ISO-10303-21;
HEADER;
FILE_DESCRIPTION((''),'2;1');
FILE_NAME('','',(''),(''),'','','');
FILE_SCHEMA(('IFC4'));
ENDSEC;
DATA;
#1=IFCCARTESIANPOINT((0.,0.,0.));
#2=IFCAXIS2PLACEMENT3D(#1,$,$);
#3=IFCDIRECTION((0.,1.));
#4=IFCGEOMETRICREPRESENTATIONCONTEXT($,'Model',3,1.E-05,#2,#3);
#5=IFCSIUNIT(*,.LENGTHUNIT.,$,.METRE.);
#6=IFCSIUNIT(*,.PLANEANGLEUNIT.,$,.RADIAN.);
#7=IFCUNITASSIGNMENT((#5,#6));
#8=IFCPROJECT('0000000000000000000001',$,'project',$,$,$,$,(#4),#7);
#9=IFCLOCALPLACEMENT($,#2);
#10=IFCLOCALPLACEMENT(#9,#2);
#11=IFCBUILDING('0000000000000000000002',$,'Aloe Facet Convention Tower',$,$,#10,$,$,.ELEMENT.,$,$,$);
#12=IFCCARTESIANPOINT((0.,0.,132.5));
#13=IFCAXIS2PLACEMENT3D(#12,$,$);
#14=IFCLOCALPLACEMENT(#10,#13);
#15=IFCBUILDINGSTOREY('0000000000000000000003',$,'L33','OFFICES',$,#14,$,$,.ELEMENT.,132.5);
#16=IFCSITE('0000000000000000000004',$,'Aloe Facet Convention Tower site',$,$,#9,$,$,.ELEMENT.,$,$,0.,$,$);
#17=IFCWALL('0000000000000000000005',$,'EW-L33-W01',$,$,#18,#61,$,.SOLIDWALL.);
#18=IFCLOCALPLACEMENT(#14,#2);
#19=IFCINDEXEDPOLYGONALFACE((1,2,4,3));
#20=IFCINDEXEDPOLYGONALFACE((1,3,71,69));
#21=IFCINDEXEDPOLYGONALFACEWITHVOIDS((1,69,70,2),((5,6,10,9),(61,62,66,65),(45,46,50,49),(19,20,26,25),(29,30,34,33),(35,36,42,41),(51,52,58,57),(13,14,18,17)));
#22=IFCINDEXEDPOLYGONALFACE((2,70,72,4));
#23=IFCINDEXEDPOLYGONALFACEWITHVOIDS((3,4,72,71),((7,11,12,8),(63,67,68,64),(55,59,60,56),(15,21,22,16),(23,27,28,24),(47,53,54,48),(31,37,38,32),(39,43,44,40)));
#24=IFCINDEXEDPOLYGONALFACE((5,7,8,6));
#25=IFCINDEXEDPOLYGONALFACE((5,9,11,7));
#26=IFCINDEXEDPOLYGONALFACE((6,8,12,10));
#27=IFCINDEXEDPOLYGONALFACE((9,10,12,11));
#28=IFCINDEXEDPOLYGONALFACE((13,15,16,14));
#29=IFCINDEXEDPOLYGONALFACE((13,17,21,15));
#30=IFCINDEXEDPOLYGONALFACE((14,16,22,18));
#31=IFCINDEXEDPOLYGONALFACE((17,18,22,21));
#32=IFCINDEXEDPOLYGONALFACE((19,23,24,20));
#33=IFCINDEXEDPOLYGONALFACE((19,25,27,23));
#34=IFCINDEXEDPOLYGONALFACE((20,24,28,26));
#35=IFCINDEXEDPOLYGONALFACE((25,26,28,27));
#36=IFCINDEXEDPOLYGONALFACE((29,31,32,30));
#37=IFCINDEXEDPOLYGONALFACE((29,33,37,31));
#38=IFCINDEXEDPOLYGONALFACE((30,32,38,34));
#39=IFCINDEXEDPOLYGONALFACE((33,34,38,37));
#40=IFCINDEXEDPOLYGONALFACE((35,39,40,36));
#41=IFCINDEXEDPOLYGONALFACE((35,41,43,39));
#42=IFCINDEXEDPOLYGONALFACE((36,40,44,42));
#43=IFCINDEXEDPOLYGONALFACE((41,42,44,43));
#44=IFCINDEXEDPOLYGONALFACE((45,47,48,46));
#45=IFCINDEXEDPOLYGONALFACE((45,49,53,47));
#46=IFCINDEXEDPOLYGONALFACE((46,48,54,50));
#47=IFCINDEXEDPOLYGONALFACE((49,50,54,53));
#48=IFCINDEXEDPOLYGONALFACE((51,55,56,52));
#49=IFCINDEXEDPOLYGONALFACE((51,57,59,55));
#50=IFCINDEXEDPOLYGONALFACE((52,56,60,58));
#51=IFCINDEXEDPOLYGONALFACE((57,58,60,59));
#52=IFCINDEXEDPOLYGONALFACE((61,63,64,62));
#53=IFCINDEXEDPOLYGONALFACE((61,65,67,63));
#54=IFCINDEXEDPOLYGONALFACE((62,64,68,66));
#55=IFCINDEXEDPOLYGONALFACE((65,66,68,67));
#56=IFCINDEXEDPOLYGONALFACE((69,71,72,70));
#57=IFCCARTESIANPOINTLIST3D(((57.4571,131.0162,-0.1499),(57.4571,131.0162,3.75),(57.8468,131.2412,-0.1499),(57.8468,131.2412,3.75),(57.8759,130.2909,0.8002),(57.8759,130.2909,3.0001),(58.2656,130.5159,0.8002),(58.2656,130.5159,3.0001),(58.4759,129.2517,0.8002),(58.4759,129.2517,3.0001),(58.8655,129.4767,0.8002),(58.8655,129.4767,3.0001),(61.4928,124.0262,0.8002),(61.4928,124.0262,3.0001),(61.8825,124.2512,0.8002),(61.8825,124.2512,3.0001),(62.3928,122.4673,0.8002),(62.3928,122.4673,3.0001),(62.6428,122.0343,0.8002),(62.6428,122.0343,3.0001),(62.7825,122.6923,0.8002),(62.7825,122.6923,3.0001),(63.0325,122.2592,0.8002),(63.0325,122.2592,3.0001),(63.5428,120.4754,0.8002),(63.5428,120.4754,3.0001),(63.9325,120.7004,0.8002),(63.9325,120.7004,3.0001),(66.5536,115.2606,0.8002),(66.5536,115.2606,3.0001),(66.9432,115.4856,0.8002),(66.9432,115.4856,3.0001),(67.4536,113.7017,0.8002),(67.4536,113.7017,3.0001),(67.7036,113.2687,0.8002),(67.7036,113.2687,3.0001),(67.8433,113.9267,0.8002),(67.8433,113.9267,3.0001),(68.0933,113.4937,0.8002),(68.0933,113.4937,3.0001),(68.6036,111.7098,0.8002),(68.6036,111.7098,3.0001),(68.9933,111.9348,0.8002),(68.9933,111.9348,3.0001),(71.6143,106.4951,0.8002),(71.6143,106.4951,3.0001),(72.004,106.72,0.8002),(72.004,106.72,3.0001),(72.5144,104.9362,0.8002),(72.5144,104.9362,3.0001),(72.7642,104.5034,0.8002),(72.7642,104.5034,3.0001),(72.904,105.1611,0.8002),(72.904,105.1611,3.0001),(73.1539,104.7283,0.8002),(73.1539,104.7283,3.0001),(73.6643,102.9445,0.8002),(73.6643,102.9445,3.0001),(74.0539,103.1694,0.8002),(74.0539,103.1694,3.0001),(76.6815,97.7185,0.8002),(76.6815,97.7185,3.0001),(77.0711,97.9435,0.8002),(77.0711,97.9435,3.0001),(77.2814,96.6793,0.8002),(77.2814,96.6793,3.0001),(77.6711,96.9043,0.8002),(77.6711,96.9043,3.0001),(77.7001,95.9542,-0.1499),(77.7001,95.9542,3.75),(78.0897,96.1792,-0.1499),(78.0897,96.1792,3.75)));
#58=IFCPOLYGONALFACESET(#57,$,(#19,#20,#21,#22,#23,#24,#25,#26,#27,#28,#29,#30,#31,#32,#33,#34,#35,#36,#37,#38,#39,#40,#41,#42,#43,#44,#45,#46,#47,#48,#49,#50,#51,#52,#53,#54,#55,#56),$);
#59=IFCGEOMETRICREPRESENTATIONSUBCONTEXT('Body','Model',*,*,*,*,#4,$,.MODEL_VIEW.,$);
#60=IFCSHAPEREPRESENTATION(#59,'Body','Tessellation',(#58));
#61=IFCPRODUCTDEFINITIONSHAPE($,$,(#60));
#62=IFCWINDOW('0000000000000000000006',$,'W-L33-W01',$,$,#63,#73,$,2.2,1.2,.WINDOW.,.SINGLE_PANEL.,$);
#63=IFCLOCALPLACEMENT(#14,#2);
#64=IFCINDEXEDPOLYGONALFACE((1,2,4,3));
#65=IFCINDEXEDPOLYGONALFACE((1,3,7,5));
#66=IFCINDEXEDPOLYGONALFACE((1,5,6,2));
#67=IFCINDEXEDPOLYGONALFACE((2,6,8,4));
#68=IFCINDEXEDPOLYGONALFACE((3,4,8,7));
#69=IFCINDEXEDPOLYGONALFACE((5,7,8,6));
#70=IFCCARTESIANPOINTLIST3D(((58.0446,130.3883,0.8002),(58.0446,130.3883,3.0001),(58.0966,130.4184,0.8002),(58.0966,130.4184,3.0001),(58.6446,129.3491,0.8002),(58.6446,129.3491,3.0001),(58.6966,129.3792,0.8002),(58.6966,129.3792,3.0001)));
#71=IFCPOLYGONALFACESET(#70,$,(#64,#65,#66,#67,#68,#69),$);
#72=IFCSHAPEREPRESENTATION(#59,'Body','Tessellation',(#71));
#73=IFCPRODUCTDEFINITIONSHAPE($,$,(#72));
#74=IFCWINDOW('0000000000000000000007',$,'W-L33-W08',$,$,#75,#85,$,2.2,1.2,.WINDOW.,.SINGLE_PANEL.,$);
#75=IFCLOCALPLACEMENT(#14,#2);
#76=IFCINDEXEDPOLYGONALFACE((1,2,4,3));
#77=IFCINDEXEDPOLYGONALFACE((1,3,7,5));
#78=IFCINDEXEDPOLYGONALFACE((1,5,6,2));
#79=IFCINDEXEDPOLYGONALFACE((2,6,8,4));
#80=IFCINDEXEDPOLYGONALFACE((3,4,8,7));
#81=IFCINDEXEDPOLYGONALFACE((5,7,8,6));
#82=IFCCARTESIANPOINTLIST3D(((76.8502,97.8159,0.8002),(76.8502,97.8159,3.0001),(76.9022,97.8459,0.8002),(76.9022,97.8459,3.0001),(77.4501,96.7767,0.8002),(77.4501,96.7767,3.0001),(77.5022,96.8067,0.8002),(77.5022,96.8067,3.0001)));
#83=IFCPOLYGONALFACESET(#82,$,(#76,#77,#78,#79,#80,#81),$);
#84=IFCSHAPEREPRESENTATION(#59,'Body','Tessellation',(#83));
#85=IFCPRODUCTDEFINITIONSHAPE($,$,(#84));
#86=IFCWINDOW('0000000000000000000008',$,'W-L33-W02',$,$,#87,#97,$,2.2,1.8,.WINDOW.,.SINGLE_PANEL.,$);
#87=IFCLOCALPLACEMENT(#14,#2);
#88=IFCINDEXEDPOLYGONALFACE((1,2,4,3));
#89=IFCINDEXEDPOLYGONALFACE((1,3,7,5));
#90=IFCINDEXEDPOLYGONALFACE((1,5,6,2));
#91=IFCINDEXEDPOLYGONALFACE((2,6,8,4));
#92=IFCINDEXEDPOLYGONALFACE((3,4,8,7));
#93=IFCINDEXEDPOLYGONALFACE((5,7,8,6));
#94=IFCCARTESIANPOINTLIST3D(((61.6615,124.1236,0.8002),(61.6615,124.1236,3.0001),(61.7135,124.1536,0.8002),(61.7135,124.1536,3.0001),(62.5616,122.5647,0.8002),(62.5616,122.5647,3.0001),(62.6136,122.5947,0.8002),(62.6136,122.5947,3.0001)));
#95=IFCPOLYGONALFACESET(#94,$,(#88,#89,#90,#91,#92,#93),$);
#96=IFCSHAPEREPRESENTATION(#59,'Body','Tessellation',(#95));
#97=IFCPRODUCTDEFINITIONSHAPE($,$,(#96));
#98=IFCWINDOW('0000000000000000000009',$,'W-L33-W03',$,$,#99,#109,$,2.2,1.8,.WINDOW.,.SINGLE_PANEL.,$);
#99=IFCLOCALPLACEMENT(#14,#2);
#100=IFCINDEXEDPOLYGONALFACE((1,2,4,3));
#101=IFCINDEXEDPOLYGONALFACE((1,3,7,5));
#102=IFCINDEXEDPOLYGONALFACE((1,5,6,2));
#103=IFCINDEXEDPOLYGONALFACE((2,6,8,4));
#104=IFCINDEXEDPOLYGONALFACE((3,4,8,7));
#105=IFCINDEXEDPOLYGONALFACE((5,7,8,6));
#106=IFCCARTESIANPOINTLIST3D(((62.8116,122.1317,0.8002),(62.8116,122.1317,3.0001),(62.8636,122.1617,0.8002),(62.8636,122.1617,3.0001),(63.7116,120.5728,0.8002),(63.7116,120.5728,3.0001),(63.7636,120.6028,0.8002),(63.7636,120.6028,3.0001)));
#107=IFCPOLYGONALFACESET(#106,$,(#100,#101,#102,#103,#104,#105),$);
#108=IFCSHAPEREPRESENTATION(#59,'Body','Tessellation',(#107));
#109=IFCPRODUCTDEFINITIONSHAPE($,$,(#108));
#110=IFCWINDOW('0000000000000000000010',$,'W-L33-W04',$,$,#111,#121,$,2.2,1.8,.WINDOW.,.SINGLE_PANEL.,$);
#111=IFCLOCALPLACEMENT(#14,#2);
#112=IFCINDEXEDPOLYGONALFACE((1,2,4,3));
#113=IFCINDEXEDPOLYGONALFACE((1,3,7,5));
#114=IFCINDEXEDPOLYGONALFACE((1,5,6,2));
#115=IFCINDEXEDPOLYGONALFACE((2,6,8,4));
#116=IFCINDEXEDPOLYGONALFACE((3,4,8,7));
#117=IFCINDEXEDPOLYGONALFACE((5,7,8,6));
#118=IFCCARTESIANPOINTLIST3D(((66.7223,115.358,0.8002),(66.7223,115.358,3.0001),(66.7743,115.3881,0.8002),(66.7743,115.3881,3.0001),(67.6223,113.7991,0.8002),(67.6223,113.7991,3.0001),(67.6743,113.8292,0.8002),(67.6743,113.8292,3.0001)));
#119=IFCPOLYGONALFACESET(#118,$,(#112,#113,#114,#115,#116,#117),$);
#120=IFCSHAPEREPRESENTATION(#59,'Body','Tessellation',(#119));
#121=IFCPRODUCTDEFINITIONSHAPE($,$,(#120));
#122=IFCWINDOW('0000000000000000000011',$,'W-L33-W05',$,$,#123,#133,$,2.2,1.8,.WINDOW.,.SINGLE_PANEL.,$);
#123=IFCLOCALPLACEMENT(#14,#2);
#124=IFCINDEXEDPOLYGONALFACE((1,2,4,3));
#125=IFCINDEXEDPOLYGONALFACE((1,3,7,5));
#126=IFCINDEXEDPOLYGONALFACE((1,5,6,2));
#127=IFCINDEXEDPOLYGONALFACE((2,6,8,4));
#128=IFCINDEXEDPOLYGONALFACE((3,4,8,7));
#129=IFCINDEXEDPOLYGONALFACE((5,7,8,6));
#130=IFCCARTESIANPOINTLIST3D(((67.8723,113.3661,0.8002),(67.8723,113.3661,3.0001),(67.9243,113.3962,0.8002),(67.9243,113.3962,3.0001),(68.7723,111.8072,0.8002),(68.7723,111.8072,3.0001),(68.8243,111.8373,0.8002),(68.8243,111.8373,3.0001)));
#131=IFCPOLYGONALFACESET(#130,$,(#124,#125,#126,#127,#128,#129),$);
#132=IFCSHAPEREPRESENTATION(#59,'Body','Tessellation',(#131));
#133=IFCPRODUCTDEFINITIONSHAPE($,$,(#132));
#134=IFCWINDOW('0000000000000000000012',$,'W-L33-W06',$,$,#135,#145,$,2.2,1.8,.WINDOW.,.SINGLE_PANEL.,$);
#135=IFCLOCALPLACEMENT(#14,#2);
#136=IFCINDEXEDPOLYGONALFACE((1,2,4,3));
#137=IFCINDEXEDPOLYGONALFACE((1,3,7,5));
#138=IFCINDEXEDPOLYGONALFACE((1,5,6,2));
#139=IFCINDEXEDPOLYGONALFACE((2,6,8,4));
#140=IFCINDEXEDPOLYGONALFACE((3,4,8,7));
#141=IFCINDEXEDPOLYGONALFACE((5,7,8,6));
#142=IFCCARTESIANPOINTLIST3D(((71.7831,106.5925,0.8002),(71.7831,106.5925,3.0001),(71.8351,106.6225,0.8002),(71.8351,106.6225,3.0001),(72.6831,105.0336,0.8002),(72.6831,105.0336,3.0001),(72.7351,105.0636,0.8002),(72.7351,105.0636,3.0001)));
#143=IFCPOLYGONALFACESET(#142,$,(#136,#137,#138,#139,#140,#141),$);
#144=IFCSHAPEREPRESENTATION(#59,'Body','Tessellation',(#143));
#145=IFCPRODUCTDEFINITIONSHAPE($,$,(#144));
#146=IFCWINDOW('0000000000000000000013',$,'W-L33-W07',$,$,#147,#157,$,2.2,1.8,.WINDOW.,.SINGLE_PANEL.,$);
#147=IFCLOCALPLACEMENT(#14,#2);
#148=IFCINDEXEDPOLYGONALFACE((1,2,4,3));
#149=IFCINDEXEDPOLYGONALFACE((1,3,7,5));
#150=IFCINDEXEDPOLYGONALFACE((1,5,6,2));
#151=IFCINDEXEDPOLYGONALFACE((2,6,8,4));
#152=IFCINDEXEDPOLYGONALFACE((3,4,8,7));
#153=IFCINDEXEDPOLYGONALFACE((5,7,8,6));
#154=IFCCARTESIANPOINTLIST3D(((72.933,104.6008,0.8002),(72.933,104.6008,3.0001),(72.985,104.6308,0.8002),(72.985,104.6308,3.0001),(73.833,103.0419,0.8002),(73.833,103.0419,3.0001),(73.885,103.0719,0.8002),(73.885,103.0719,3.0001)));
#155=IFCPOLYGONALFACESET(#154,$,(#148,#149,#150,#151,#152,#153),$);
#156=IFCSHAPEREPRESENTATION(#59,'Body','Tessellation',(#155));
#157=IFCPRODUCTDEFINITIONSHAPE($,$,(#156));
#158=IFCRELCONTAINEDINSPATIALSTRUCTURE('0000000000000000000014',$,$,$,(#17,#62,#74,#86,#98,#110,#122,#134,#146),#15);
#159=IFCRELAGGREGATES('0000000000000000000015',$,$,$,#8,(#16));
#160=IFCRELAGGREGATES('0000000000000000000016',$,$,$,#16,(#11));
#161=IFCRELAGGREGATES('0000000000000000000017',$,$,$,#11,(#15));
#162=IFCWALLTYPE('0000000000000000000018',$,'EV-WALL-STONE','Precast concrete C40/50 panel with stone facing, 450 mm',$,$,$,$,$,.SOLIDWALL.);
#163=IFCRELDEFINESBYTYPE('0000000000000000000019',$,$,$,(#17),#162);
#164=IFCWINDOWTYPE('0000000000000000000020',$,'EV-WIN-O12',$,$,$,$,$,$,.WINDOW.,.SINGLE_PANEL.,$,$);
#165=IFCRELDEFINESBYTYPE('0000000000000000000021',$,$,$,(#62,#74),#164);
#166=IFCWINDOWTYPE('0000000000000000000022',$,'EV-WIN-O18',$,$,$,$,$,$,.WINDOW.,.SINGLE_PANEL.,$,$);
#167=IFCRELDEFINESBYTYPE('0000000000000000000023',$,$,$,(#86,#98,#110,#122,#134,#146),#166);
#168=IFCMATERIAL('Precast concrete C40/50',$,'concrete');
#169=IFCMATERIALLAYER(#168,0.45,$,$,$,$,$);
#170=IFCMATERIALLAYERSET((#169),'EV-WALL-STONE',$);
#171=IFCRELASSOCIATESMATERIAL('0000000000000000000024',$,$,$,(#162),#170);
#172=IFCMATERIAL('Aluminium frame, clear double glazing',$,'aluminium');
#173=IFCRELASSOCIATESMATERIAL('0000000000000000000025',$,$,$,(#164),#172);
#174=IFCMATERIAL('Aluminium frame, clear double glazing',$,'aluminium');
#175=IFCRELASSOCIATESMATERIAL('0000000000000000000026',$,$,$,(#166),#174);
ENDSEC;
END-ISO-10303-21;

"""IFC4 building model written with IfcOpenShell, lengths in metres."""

from ifc_helpers import new_model, si_unit, direction, frame, frame_2d, origin, place, context, subcontext, project, spatial, polyline, rectangle, outline, extrude, material, layer, layer_set, type_object, element, fill, save


model = new_model("IFC4")

# Units and contexts
model_context = context("Model", 3, precision=1e-05, world=origin(), true_north=direction((0.0, 1.0)))
body_context = subcontext(model_context, "Body", "Model", "MODEL_VIEW")
ifc_project = project(units=[si_unit("LENGTHUNIT", "METRE"), si_unit("PLANEANGLEUNIT", "RADIAN")], contexts=[model_context])

# Site, building, storey
site_placement = place(None, origin())
site = spatial("IfcSite", under=ifc_project, at=site_placement, Name="Aloe Facet Convention Tower site", CompositionType="ELEMENT", RefElevation=0.0)
building_placement = place(site_placement, origin())
building = spatial("IfcBuilding", under=site, at=building_placement, Name="Aloe Facet Convention Tower", CompositionType="ELEMENT")
storey_placement = place(building_placement, frame((0.0, 0.0, 132.5)))
storey = spatial("IfcBuildingStorey", under=building, at=storey_placement, Name="L33", Description="OFFICES", CompositionType="ELEMENT", Elevation=132.5)

# Wall, openings, windows
ifc_material_1 = material(Name="Precast concrete C40/50", Category="concrete")
ifc_layer_1 = layer(ifc_material_1, 0.45)
ifc_layer_set_1 = layer_set([ifc_layer_1], Name="EV-WALL-STONE")
wall_type_1 = type_object("IfcWallType", Name="EV-WALL-STONE", Description="Precast concrete C40/50 panel with stone facing, 450 mm", PredefinedType="SOLIDWALL", material=ifc_layer_set_1)
wall_1_placement = place(storey_placement, frame((57.6519, 131.1287, -0.1499), z_axis=(0.0, 0.0, 1.0), x_axis=(0.499997, -0.866027, 0.0)))
wall_1 = element("IfcWall", 1, at=wall_1_placement, inside=storey, type_object=wall_type_1, Name="EW-L33-W01", PredefinedType="SOLIDWALL", context=body_context, shape_type="SweptSolid", body=[
    extrude(outline(polyline([(40.4861, 0.0), (40.4861, 3.8999), (0.0, 3.8999), (0.0, 0.0), (40.4861, 0.0)])), frame((0.0, 0.2251, 0.0), z_axis=(0.0, -1.0, 0.0), x_axis=(1.0, 0.0, 0.0)), (0.0, 0.0, 1.0), 0.45),
])
opening_1_placement = place(wall_1_placement, frame((0.8374, 0.0, 0.95)))
opening_1 = element("IfcOpeningElement", 2, at=opening_1_placement, cuts=wall_1, PredefinedType="OPENING", context=body_context, shape_type="SweptSolid", body=[
    extrude(rectangle(XDim=1.2, YDim=2.2, at=frame_2d((0.6001, 1.1001))), frame((0.0, 0.2349, 0.0), z_axis=(0.0, -1.0, 0.0), x_axis=(1.0, 0.0, 0.0)), (0.0, 0.0, 1.0), 0.47),
])
opening_2_placement = place(wall_1_placement, frame((8.0715, 0.0, 0.95)))
opening_2 = element("IfcOpeningElement", 3, at=opening_2_placement, cuts=wall_1, PredefinedType="OPENING", context=body_context, shape_type="SweptSolid", body=[
    extrude(rectangle(XDim=1.8, YDim=2.2, at=frame_2d((0.8999, 1.1001))), frame((0.0, 0.2349, 0.0), z_axis=(0.0, -1.0, 0.0), x_axis=(1.0, 0.0, 0.0)), (0.0, 0.0, 1.0), 0.47),
])
opening_3_placement = place(wall_1_placement, frame((10.3716, 0.0, 0.95)))
opening_3 = element("IfcOpeningElement", 4, at=opening_3_placement, cuts=wall_1, PredefinedType="OPENING", context=body_context, shape_type="SweptSolid", body=[
    extrude(rectangle(XDim=1.8, YDim=2.2, at=frame_2d((0.8999, 1.1001))), frame((0.0, 0.2349, 0.0), z_axis=(0.0, -1.0, 0.0), x_axis=(1.0, 0.0, 0.0)), (0.0, 0.0, 1.0), 0.47),
])
opening_4_placement = place(wall_1_placement, frame((18.1931, 0.0, 0.95)))
opening_4 = element("IfcOpeningElement", 5, at=opening_4_placement, cuts=wall_1, PredefinedType="OPENING", context=body_context, shape_type="SweptSolid", body=[
    extrude(rectangle(XDim=1.8, YDim=2.2, at=frame_2d((0.8999, 1.1001))), frame((0.0, 0.2349, 0.0), z_axis=(0.0, -1.0, 0.0), x_axis=(1.0, 0.0, 0.0)), (0.0, 0.0, 1.0), 0.47),
])
opening_5_placement = place(wall_1_placement, frame((20.4932, 0.0, 0.95)))
opening_5 = element("IfcOpeningElement", 6, at=opening_5_placement, cuts=wall_1, PredefinedType="OPENING", context=body_context, shape_type="SweptSolid", body=[
    extrude(rectangle(XDim=1.8, YDim=2.2, at=frame_2d((0.8999, 1.1001))), frame((0.0, 0.2349, 0.0), z_axis=(0.0, -1.0, 0.0), x_axis=(1.0, 0.0, 0.0)), (0.0, 0.0, 1.0), 0.47),
])
opening_6_placement = place(wall_1_placement, frame((28.3147, 0.0, 0.95)))
opening_6 = element("IfcOpeningElement", 7, at=opening_6_placement, cuts=wall_1, PredefinedType="OPENING", context=body_context, shape_type="SweptSolid", body=[
    extrude(rectangle(XDim=1.8, YDim=2.2, at=frame_2d((0.8999, 1.1001))), frame((0.0, 0.2349, 0.0), z_axis=(0.0, -1.0, 0.0), x_axis=(1.0, 0.0, 0.0)), (0.0, 0.0, 1.0), 0.47),
])
opening_7_placement = place(wall_1_placement, frame((30.6145, 0.0, 0.95)))
opening_7 = element("IfcOpeningElement", 8, at=opening_7_placement, cuts=wall_1, PredefinedType="OPENING", context=body_context, shape_type="SweptSolid", body=[
    extrude(rectangle(XDim=1.8, YDim=2.2, at=frame_2d((0.8999, 1.1001))), frame((0.0, 0.2349, 0.0), z_axis=(0.0, -1.0, 0.0), x_axis=(1.0, 0.0, 0.0)), (0.0, 0.0, 1.0), 0.47),
])
opening_8_placement = place(wall_1_placement, frame((38.4487, 0.0, 0.95)))
opening_8 = element("IfcOpeningElement", 9, at=opening_8_placement, cuts=wall_1, PredefinedType="OPENING", context=body_context, shape_type="SweptSolid", body=[
    extrude(rectangle(XDim=1.2, YDim=2.2, at=frame_2d((0.6001, 1.1001))), frame((0.0, 0.2349, 0.0), z_axis=(0.0, -1.0, 0.0), x_axis=(1.0, 0.0, 0.0)), (0.0, 0.0, 1.0), 0.47),
])
ifc_material_2 = material(Name="Aluminium frame, clear double glazing", Category="aluminium")
window_type_1 = type_object("IfcWindowType", Name="EV-WIN-O12", PartitioningType="SINGLE_PANEL", PredefinedType="WINDOW", material=ifc_material_2)
window_1_placement = place(opening_1_placement, origin())
window_1 = element("IfcWindow", 10, at=window_1_placement, inside=storey, type_object=window_type_1, Name="W-L33-W01", OverallHeight=2.2, OverallWidth=1.2, PartitioningType="SINGLE_PANEL", PredefinedType="WINDOW", context=body_context, shape_type="SweptSolid", body=[
    extrude(rectangle(XDim=1.2, YDim=2.2, at=frame_2d((0.6001, 1.1001))), frame((0.0, 0.03, 0.0), z_axis=(0.0, -1.0, 0.0), x_axis=(1.0, 0.0, 0.0)), (0.0, 0.0, 1.0), 0.0601),
])
fill(opening_1, window_1)
window_2_placement = place(opening_8_placement, origin())
window_2 = element("IfcWindow", 11, at=window_2_placement, inside=storey, type_object=window_type_1, Name="W-L33-W08", OverallHeight=2.2, OverallWidth=1.2, PartitioningType="SINGLE_PANEL", PredefinedType="WINDOW", context=body_context, shape_type="SweptSolid", body=[
    extrude(rectangle(XDim=1.2, YDim=2.2, at=frame_2d((0.6001, 1.1001))), frame((0.0, 0.03, 0.0), z_axis=(0.0, -1.0, 0.0), x_axis=(1.0, 0.0, 0.0)), (0.0, 0.0, 1.0), 0.0601),
])
fill(opening_8, window_2)
ifc_material_3 = material(Name="Aluminium frame, clear double glazing", Category="aluminium")
window_type_2 = type_object("IfcWindowType", Name="EV-WIN-O18", PartitioningType="SINGLE_PANEL", PredefinedType="WINDOW", material=ifc_material_3)
window_3_placement = place(opening_2_placement, origin())
window_3 = element("IfcWindow", 12, at=window_3_placement, inside=storey, type_object=window_type_2, Name="W-L33-W02", OverallHeight=2.2, OverallWidth=1.8, PartitioningType="SINGLE_PANEL", PredefinedType="WINDOW", context=body_context, shape_type="SweptSolid", body=[
    extrude(rectangle(XDim=1.8, YDim=2.2, at=frame_2d((0.8999, 1.1001))), frame((0.0, 0.03, 0.0), z_axis=(0.0, -1.0, 0.0), x_axis=(1.0, 0.0, 0.0)), (0.0, 0.0, 1.0), 0.0601),
])
fill(opening_2, window_3)
window_4_placement = place(opening_3_placement, origin())
window_4 = element("IfcWindow", 13, at=window_4_placement, inside=storey, type_object=window_type_2, Name="W-L33-W03", OverallHeight=2.2, OverallWidth=1.8, PartitioningType="SINGLE_PANEL", PredefinedType="WINDOW", context=body_context, shape_type="SweptSolid", body=[
    extrude(rectangle(XDim=1.8, YDim=2.2, at=frame_2d((0.8999, 1.1001))), frame((0.0, 0.03, 0.0), z_axis=(0.0, -1.0, 0.0), x_axis=(1.0, 0.0, 0.0)), (0.0, 0.0, 1.0), 0.0601),
])
fill(opening_3, window_4)
window_5_placement = place(opening_4_placement, origin())
window_5 = element("IfcWindow", 14, at=window_5_placement, inside=storey, type_object=window_type_2, Name="W-L33-W04", OverallHeight=2.2, OverallWidth=1.8, PartitioningType="SINGLE_PANEL", PredefinedType="WINDOW", context=body_context, shape_type="SweptSolid", body=[
    extrude(rectangle(XDim=1.8, YDim=2.2, at=frame_2d((0.8999, 1.1001))), frame((0.0, 0.03, 0.0), z_axis=(0.0, -1.0, 0.0), x_axis=(1.0, 0.0, 0.0)), (0.0, 0.0, 1.0), 0.0601),
])
fill(opening_4, window_5)
window_6_placement = place(opening_5_placement, origin())
window_6 = element("IfcWindow", 15, at=window_6_placement, inside=storey, type_object=window_type_2, Name="W-L33-W05", OverallHeight=2.2, OverallWidth=1.8, PartitioningType="SINGLE_PANEL", PredefinedType="WINDOW", context=body_context, shape_type="SweptSolid", body=[
    extrude(rectangle(XDim=1.8, YDim=2.2, at=frame_2d((0.8999, 1.1001))), frame((0.0, 0.03, 0.0), z_axis=(0.0, -1.0, 0.0), x_axis=(1.0, 0.0, 0.0)), (0.0, 0.0, 1.0), 0.0601),
])
fill(opening_5, window_6)
window_7_placement = place(opening_6_placement, origin())
window_7 = element("IfcWindow", 16, at=window_7_placement, inside=storey, type_object=window_type_2, Name="W-L33-W06", OverallHeight=2.2, OverallWidth=1.8, PartitioningType="SINGLE_PANEL", PredefinedType="WINDOW", context=body_context, shape_type="SweptSolid", body=[
    extrude(rectangle(XDim=1.8, YDim=2.2, at=frame_2d((0.8999, 1.1001))), frame((0.0, 0.03, 0.0), z_axis=(0.0, -1.0, 0.0), x_axis=(1.0, 0.0, 0.0)), (0.0, 0.0, 1.0), 0.0601),
])
fill(opening_6, window_7)
window_8_placement = place(opening_7_placement, origin())
window_8 = element("IfcWindow", 17, at=window_8_placement, inside=storey, type_object=window_type_2, Name="W-L33-W07", OverallHeight=2.2, OverallWidth=1.8, PartitioningType="SINGLE_PANEL", PredefinedType="WINDOW", context=body_context, shape_type="SweptSolid", body=[
    extrude(rectangle(XDim=1.8, YDim=2.2, at=frame_2d((0.8999, 1.1001))), frame((0.0, 0.03, 0.0), z_axis=(0.0, -1.0, 0.0), x_axis=(1.0, 0.0, 0.0)), (0.0, 0.0, 1.0), 0.0601),
])
fill(opening_7, window_8)

save(model, "model.ifc")
